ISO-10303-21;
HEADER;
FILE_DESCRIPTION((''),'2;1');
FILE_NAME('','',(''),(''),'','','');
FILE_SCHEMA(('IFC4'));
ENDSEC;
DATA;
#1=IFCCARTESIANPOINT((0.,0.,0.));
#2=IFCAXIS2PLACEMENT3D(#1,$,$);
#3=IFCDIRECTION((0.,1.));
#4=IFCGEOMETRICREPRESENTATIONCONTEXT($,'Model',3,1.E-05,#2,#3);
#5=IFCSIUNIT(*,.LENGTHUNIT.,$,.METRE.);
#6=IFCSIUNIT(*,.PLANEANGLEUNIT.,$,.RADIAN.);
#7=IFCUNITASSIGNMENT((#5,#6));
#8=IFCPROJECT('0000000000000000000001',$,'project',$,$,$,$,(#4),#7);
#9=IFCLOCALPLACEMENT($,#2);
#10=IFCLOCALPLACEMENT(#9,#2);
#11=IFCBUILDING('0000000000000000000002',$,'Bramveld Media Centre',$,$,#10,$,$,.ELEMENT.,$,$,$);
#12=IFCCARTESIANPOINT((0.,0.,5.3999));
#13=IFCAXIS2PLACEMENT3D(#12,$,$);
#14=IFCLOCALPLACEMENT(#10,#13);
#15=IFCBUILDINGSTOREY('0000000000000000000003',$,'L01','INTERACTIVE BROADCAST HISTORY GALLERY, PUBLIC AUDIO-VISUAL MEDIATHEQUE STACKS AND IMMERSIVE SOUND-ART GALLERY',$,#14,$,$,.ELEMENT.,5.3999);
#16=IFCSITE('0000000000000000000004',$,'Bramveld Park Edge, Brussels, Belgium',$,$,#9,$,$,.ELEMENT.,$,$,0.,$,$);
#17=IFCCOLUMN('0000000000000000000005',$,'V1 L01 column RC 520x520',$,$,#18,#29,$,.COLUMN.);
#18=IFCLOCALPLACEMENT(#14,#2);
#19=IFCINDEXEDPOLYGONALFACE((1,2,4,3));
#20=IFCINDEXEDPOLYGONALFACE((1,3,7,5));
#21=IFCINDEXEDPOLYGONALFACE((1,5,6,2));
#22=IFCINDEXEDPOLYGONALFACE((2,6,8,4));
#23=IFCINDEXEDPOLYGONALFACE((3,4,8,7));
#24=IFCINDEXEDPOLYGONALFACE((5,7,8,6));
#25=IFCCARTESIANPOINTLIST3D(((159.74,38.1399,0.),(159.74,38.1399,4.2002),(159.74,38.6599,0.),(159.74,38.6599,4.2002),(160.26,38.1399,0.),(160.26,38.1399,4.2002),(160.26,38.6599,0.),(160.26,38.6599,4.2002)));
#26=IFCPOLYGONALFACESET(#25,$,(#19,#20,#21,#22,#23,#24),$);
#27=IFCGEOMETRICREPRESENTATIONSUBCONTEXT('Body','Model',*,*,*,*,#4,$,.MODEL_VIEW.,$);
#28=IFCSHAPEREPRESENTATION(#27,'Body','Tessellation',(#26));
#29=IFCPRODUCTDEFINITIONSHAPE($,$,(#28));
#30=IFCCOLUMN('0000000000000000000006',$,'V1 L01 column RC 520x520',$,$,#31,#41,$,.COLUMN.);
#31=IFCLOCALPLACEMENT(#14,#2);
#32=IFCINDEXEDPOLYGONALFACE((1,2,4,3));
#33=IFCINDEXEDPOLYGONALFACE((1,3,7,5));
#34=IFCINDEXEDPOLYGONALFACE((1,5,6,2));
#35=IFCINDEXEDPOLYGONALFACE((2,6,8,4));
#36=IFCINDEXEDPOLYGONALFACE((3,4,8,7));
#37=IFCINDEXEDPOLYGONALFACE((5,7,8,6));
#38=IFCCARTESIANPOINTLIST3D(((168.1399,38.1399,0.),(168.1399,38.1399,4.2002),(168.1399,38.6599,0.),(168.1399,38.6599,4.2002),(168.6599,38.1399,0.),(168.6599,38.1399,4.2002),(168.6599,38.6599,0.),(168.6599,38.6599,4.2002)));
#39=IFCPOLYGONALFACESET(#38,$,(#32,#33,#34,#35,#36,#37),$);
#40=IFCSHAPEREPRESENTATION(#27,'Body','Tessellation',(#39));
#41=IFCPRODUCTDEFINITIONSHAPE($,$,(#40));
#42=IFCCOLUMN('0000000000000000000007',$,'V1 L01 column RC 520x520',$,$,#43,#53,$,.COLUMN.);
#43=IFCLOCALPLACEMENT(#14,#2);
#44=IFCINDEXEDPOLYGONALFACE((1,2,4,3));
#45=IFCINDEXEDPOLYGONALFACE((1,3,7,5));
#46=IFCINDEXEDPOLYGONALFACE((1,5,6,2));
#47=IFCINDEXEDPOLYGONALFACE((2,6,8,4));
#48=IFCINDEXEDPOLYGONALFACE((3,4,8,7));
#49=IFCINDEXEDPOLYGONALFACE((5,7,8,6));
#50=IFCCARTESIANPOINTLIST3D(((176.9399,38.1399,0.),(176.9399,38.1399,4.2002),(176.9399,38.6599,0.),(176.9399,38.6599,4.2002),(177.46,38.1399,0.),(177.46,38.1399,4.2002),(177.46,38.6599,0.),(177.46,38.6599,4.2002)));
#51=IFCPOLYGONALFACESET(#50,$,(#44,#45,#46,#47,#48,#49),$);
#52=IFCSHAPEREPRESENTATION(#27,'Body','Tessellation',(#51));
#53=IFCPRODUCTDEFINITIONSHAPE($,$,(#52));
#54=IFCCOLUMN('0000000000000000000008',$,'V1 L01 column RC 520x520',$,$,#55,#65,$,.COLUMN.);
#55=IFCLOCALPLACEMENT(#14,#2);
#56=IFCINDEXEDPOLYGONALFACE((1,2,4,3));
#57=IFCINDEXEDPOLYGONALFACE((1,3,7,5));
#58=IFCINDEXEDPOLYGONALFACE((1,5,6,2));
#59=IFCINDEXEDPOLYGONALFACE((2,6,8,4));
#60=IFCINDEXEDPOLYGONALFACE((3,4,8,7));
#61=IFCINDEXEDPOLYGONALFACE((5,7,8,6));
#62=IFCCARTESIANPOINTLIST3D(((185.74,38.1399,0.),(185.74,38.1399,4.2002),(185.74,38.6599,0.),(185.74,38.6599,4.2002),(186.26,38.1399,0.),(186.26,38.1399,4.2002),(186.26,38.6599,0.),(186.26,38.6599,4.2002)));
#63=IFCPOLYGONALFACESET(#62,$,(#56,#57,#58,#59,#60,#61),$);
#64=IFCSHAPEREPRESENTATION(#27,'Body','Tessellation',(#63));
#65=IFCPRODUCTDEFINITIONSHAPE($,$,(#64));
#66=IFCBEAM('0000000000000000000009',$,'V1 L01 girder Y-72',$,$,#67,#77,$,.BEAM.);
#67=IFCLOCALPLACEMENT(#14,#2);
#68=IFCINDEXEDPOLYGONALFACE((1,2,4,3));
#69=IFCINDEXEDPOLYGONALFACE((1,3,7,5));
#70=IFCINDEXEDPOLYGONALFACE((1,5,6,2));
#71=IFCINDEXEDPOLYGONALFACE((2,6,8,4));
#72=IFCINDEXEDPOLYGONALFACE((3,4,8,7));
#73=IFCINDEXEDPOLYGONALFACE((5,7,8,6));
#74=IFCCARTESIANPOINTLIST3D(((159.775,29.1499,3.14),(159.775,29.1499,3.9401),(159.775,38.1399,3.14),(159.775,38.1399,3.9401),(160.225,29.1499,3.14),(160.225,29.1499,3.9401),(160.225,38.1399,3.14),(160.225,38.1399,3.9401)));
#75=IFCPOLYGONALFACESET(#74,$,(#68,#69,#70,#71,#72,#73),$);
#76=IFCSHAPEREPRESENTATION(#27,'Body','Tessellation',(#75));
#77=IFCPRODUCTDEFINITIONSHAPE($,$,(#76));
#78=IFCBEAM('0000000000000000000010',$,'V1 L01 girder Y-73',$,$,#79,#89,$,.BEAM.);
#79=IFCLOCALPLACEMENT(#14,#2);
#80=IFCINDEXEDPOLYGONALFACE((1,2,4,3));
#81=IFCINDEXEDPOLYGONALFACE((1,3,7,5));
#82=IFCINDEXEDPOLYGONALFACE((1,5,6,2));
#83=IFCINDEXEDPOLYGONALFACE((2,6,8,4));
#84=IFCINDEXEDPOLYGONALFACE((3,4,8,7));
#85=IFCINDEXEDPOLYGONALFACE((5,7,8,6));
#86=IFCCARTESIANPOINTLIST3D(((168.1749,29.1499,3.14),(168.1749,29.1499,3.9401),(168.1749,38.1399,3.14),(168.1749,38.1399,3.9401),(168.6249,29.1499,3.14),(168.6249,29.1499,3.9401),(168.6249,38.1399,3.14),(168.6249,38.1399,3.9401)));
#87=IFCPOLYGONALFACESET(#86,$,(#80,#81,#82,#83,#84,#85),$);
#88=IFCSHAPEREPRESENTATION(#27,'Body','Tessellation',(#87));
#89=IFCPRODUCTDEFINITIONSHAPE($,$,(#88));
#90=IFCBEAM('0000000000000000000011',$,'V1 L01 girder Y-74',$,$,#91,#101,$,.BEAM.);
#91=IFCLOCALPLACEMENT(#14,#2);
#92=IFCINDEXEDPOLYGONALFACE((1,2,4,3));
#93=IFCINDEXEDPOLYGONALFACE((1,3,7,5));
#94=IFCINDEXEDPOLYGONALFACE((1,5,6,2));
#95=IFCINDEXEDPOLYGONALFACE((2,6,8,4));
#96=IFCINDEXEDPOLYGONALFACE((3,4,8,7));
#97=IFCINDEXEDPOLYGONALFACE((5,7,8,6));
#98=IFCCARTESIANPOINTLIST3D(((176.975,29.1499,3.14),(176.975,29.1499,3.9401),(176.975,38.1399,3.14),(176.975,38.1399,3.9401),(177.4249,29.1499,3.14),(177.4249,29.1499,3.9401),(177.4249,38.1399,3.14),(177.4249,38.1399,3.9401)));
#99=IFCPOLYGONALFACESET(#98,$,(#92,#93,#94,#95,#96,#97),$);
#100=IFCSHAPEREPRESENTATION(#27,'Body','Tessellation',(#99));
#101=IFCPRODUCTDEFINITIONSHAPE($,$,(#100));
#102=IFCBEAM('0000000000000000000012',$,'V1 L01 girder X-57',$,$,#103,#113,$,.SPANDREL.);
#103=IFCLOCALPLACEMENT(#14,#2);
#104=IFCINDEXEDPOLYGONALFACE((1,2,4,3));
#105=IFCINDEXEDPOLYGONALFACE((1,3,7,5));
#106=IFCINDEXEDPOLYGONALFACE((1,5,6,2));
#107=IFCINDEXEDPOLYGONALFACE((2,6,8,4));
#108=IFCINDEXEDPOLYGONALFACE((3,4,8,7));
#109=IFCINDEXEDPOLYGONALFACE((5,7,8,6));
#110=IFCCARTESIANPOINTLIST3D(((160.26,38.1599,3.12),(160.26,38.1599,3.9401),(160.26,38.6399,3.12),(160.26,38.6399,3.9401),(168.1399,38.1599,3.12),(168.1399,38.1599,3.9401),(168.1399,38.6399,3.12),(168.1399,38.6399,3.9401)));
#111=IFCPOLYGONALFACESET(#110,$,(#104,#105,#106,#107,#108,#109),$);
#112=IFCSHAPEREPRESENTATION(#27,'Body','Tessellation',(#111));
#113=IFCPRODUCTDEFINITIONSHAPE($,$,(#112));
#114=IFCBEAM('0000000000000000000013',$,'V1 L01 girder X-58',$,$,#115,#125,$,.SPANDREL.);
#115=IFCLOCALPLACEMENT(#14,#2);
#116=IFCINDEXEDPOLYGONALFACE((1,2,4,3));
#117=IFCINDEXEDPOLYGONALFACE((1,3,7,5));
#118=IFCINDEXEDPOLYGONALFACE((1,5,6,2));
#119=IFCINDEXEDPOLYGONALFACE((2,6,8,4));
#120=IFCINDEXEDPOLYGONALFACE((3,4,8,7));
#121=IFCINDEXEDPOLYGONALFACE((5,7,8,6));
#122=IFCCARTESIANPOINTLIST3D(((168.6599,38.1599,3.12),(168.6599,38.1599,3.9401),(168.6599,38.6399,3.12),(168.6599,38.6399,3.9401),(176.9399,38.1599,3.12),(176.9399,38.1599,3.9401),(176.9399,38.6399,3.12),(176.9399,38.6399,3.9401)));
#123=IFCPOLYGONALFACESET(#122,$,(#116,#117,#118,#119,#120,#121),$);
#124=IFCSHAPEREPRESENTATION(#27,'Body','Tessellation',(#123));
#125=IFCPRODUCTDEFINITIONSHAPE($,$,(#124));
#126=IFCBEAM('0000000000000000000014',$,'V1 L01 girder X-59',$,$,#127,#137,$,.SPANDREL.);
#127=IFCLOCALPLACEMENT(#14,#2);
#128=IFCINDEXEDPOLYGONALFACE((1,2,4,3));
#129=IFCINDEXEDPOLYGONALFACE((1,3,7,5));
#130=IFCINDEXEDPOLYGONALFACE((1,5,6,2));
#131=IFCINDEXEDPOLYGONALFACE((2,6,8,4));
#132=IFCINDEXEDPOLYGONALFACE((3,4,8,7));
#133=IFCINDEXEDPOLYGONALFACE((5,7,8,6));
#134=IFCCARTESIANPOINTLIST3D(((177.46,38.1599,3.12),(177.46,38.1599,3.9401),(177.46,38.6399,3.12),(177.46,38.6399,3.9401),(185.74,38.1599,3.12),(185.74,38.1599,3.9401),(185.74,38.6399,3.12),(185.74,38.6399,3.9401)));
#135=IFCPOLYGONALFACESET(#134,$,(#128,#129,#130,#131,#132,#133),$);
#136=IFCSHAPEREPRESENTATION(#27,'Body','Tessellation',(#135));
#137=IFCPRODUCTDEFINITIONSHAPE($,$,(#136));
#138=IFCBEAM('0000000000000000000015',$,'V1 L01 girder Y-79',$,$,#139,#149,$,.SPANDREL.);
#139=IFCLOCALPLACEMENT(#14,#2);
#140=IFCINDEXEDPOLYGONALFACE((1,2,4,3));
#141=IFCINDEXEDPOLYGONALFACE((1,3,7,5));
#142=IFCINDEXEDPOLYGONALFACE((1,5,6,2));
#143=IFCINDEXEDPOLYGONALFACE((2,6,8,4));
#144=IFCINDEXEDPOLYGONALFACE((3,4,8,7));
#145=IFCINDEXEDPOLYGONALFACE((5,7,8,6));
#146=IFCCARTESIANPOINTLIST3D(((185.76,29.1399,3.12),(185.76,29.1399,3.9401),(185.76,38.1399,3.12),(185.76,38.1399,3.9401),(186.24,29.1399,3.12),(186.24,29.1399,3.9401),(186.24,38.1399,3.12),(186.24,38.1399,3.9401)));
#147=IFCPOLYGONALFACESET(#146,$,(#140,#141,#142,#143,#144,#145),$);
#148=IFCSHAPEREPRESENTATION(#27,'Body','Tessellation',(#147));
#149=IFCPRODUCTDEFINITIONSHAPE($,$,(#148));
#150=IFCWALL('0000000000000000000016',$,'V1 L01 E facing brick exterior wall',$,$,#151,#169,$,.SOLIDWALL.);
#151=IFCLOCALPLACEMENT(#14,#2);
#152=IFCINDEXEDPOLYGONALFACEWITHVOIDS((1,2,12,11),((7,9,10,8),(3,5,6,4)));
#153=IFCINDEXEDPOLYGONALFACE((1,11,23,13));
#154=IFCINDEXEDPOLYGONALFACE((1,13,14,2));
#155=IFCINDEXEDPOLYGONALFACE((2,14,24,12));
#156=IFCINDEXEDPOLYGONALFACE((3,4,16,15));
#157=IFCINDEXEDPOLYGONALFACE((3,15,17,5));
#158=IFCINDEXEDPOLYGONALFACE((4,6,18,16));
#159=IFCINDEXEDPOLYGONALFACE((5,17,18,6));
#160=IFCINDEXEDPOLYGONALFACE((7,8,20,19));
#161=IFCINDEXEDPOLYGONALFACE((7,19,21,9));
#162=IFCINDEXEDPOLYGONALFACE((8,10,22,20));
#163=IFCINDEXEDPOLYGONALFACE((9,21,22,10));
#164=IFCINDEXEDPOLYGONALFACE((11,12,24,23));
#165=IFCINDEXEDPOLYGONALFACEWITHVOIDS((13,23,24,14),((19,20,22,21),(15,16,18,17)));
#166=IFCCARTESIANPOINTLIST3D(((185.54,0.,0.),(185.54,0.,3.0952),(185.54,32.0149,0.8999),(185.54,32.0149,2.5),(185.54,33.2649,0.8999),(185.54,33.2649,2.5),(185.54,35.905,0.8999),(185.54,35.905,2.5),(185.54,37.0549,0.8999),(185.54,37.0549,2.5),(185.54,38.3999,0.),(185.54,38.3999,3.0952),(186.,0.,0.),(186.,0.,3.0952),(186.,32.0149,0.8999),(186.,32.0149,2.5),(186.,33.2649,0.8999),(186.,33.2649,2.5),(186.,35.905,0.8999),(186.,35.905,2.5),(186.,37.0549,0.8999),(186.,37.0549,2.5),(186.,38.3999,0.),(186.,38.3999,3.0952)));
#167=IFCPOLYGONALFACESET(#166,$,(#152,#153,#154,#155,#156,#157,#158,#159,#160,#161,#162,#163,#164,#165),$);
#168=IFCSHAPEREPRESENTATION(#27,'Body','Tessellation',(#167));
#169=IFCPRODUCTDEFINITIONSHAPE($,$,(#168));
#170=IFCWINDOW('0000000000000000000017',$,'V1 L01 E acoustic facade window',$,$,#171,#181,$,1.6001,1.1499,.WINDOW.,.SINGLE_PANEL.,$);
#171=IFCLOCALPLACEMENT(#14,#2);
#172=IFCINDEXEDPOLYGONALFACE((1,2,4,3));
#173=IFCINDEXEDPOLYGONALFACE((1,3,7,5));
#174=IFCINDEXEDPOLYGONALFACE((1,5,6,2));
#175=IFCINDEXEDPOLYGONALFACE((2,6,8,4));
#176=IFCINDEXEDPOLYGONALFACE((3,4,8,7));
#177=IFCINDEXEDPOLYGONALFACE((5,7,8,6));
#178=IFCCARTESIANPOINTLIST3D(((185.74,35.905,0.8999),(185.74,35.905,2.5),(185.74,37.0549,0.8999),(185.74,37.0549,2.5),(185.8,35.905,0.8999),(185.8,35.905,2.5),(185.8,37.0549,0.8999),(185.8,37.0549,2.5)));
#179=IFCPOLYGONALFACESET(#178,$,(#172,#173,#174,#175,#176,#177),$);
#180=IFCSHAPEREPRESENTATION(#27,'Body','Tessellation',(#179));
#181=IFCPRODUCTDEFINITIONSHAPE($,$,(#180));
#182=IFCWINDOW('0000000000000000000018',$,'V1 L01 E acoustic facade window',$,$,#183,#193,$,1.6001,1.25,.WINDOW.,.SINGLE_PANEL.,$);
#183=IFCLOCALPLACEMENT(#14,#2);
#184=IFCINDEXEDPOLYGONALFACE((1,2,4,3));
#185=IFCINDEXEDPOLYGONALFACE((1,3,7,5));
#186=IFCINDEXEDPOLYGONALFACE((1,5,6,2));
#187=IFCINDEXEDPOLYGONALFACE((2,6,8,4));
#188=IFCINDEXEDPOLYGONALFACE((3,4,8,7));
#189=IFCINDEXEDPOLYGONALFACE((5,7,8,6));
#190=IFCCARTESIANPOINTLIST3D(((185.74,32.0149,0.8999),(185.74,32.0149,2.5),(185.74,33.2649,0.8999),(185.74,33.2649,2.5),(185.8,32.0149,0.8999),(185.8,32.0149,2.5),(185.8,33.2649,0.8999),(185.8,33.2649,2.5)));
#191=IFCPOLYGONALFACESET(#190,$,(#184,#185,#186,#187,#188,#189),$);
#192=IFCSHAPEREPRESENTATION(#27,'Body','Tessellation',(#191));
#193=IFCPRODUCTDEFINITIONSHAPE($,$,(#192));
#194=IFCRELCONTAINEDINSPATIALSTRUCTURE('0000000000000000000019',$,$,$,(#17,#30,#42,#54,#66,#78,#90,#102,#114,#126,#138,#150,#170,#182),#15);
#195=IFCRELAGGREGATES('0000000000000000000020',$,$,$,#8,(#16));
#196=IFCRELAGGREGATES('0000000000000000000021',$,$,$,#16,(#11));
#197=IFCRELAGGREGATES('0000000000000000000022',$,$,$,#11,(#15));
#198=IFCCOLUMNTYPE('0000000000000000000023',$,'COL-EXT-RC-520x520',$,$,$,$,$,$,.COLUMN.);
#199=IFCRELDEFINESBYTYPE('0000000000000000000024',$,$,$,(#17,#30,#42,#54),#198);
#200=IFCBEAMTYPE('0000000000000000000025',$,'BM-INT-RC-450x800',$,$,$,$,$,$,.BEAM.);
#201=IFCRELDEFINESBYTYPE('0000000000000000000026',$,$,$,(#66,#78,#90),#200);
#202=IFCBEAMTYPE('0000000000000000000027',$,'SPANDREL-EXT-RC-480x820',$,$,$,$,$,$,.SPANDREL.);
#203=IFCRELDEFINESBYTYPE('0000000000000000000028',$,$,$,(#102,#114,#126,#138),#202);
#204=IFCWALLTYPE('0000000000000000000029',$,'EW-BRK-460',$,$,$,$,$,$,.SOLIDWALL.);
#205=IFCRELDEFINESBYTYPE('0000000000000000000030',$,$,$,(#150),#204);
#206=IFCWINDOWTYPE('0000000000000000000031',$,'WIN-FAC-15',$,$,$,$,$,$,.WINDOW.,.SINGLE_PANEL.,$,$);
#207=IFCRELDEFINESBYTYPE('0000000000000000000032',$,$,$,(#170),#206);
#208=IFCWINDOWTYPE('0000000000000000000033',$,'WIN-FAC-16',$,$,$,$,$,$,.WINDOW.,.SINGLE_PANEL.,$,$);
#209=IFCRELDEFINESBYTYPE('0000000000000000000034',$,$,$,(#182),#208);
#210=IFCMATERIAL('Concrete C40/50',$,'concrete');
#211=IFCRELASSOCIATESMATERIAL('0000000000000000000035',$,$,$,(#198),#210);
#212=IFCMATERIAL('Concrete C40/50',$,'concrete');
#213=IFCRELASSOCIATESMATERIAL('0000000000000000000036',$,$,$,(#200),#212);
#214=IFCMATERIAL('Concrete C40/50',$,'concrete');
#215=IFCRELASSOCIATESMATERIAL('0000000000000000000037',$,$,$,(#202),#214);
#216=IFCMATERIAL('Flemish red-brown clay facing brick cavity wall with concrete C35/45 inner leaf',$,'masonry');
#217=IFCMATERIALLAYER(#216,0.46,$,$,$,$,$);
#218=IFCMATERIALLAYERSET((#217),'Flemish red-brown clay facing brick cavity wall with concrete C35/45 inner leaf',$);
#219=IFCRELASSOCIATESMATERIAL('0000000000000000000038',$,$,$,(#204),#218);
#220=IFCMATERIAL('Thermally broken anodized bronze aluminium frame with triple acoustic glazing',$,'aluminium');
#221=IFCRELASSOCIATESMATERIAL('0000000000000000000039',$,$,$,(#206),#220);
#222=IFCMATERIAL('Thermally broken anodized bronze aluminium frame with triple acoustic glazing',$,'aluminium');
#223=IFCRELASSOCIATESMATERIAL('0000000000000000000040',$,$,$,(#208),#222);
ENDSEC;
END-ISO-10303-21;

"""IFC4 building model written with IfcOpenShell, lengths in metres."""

from ifc_helpers import new_model, si_unit, direction, frame, frame_2d, origin, origin_2d, place, context, subcontext, project, spatial, rectangle, extrude, material, layer, layer_set, material_profile, profile_set, type_object, element, fill, save


model = new_model("IFC4")

# Units and contexts
model_context = context("Model", 3, precision=1e-05, world=origin(), true_north=direction((0.0, 1.0)))
body_context = subcontext(model_context, "Body", "Model", "MODEL_VIEW")
ifc_project = project(units=[si_unit("LENGTHUNIT", "METRE"), si_unit("PLANEANGLEUNIT", "RADIAN")], contexts=[model_context])

# Site, building, storey
site_placement = place(None, origin())
site = spatial("IfcSite", under=ifc_project, at=site_placement, Name="Bramveld Park Edge, Brussels, Belgium", CompositionType="ELEMENT", RefElevation=0.0)
building_placement = place(site_placement, origin())
building = spatial("IfcBuilding", under=site, at=building_placement, Name="Bramveld Media Centre", CompositionType="ELEMENT")
storey_placement = place(building_placement, frame((0.0, 0.0, 5.3999)))
storey = spatial("IfcBuildingStorey", under=building, at=storey_placement, Name="L01", Description="INTERACTIVE BROADCAST HISTORY GALLERY, PUBLIC AUDIO-VISUAL MEDIATHEQUE STACKS AND IMMERSIVE SOUND-ART GALLERY", CompositionType="ELEMENT", Elevation=5.3999)

# Columns
ifc_material_1 = material(Name="Concrete C40/50", Category="concrete")
ifc_material_profile_1 = material_profile(ifc_material_1, rectangle(XDim=0.52, YDim=0.52, at=origin_2d()), Name="RC 520x520")
ifc_profile_set_1 = profile_set([ifc_material_profile_1], Name="Concrete C40/50")
column_type = type_object("IfcColumnType", Name="COL-EXT-RC-520x520", PredefinedType="COLUMN", material=ifc_profile_set_1)
for number, where, z_axis, x_axis, name in (
    (1, (160.0, 38.3999, 0.0), (0.0, 0.0, 1.0), (1.0, 0.0, 0.0), "V1 L01 column RC 520x520"),
    (2, (168.3999, 38.3999, 0.0), (0.0, 0.0, 1.0), (1.0, 0.0, 0.0), "V1 L01 column RC 520x520"),
    (3, (177.2, 38.3999, 0.0), (0.0, 0.0, 1.0), (1.0, 0.0, 0.0), "V1 L01 column RC 520x520"),
    (4, (186.0, 38.3999, 0.0), (0.0, 0.0, 1.0), (1.0, 0.0, 0.0), "V1 L01 column RC 520x520"),
):
    element("IfcColumn", number, at=place(storey_placement, frame(where, z_axis=z_axis, x_axis=x_axis)), inside=storey, type_object=column_type, Name=name, PredefinedType="COLUMN", context=body_context, shape_type="SweptSolid", body=[
        extrude(rectangle(XDim=0.52, YDim=0.52, at=origin_2d()), origin(), (0.0, 0.0, 1.0), 4.2002),
    ])

# Beams
ifc_material_2 = material(Name="Concrete C40/50", Category="concrete")
ifc_material_profile_2 = material_profile(ifc_material_2, rectangle(XDim=0.45, YDim=0.8, at=origin_2d()), Name="RC 450x800")
ifc_profile_set_2 = profile_set([ifc_material_profile_2], Name="Concrete C40/50")
beam_type_1 = type_object("IfcBeamType", Name="BM-INT-RC-450x800", PredefinedType="BEAM", material=ifc_profile_set_2)
for number, where, z_axis, x_axis, name in (
    (5, (160.0, 29.1499, 3.54), (0.0, 1.0, 0.0), (-1.0, 0.0, 0.0), "V1 L01 girder Y-72"),
    (6, (168.3999, 29.1499, 3.54), (0.0, 1.0, 0.0), (-1.0, 0.0, 0.0), "V1 L01 girder Y-73"),
    (7, (177.2, 29.1499, 3.54), (0.0, 1.0, 0.0), (-1.0, 0.0, 0.0), "V1 L01 girder Y-74"),
):
    element("IfcBeam", number, at=place(storey_placement, frame(where, z_axis=z_axis, x_axis=x_axis)), inside=storey, type_object=beam_type_1, Name=name, PredefinedType="BEAM", context=body_context, shape_type="SweptSolid", body=[
        extrude(rectangle(XDim=0.45, YDim=0.8, at=origin_2d()), origin(), (0.0, 0.0, 1.0), 8.99),
    ])
ifc_material_3 = material(Name="Concrete C40/50", Category="concrete")
ifc_material_profile_3 = material_profile(ifc_material_3, rectangle(XDim=0.48, YDim=0.8201, at=origin_2d()), Name="RC 480x820")
ifc_profile_set_3 = profile_set([ifc_material_profile_3], Name="Concrete C40/50")
beam_type_2 = type_object("IfcBeamType", Name="SPANDREL-EXT-RC-480x820", PredefinedType="SPANDREL", material=ifc_profile_set_3)
beam_1_placement = place(storey_placement, frame((160.26, 38.3999, 3.53), z_axis=(1.0, 0.0, 0.0), x_axis=(0.0, 1.0, 0.0)))
element("IfcBeam", 8, at=beam_1_placement, inside=storey, type_object=beam_type_2, Name="V1 L01 girder X-57", PredefinedType="SPANDREL", context=body_context, shape_type="SweptSolid", body=[
    extrude(rectangle(XDim=0.48, YDim=0.8201, at=origin_2d()), origin(), (0.0, 0.0, 1.0), 7.8799),
])
for number, where, z_axis, x_axis, name in (
    (9, (168.6599, 38.3999, 3.53), (1.0, 0.0, 0.0), (0.0, 1.0, 0.0), "V1 L01 girder X-58"),
    (10, (177.46, 38.3999, 3.53), (1.0, 0.0, 0.0), (0.0, 1.0, 0.0), "V1 L01 girder X-59"),
):
    element("IfcBeam", number, at=place(storey_placement, frame(where, z_axis=z_axis, x_axis=x_axis)), inside=storey, type_object=beam_type_2, Name=name, PredefinedType="SPANDREL", context=body_context, shape_type="SweptSolid", body=[
        extrude(rectangle(XDim=0.48, YDim=0.8201, at=origin_2d()), origin(), (0.0, 0.0, 1.0), 8.28),
    ])
beam_2_placement = place(storey_placement, frame((186.0, 29.1399, 3.53), z_axis=(0.0, 1.0, 0.0), x_axis=(-1.0, 0.0, 0.0)))
element("IfcBeam", 11, at=beam_2_placement, inside=storey, type_object=beam_type_2, Name="V1 L01 girder Y-79", PredefinedType="SPANDREL", context=body_context, shape_type="SweptSolid", body=[
    extrude(rectangle(XDim=0.48, YDim=0.8201, at=origin_2d()), origin(), (0.0, 0.0, 1.0), 9.0),
])

# Wall, openings, windows
ifc_material_4 = material(Name="Flemish red-brown clay facing brick cavity wall with concrete C35/45 inner leaf", Category="masonry")
ifc_layer_1 = layer(ifc_material_4, 0.46)
ifc_layer_set_1 = layer_set([ifc_layer_1], Name="Flemish red-brown clay facing brick cavity wall with concrete C35/45 inner leaf")
wall_type_1 = type_object("IfcWallType", Name="EW-BRK-460", PredefinedType="SOLIDWALL", material=ifc_layer_set_1)
wall_1_placement = place(storey_placement, frame((185.77, 38.3999, 0.0), z_axis=(0.0, 0.0, 1.0), x_axis=(0.0, -1.0, 0.0)))
wall_1 = element("IfcWall", 12, at=wall_1_placement, inside=storey, type_object=wall_type_1, Name="V1 L01 E facing brick exterior wall", PredefinedType="SOLIDWALL", context=body_context, shape_type="SweptSolid", body=[
    extrude(rectangle(XDim=38.3999, YDim=0.46, at=frame_2d((19.2, 0.0))), origin(), (0.0, 0.0, 1.0), 3.0952),
])
opening_1_placement = place(wall_1_placement, frame((1.345, 0.0, 0.8999)))
opening_1 = element("IfcOpeningElement", 13, at=opening_1_placement, cuts=wall_1, PredefinedType="OPENING", context=body_context, shape_type="SweptSolid", body=[
    extrude(rectangle(XDim=1.1499, YDim=1.6001, at=frame_2d((0.575, 0.8))), frame((0.0, 0.2419, 0.0), z_axis=(0.0, -1.0, 0.0), x_axis=(1.0, 0.0, 0.0)), (0.0, 0.0, 1.0), 0.4839),
])
opening_2_placement = place(wall_1_placement, frame((5.135, 0.0, 0.8999)))
opening_2 = element("IfcOpeningElement", 14, at=opening_2_placement, cuts=wall_1, PredefinedType="OPENING", context=body_context, shape_type="SweptSolid", body=[
    extrude(rectangle(XDim=1.25, YDim=1.6001, at=frame_2d((0.625, 0.8))), frame((0.0, 0.2419, 0.0), z_axis=(0.0, -1.0, 0.0), x_axis=(1.0, 0.0, 0.0)), (0.0, 0.0, 1.0), 0.4839),
])
ifc_material_5 = material(Name="Thermally broken anodized bronze aluminium frame with triple acoustic glazing", Category="aluminium")
window_type_1 = type_object("IfcWindowType", Name="WIN-FAC-15", PartitioningType="SINGLE_PANEL", PredefinedType="WINDOW", material=ifc_material_5)
window_1_placement = place(opening_1_placement, origin())
window_1 = element("IfcWindow", 15, at=window_1_placement, inside=storey, type_object=window_type_1, Name="V1 L01 E acoustic facade window", OverallHeight=1.6001, OverallWidth=1.1499, PartitioningType="SINGLE_PANEL", PredefinedType="WINDOW", context=body_context, shape_type="SweptSolid", body=[
    extrude(rectangle(XDim=1.1499, YDim=1.6001, at=frame_2d((0.575, 0.8))), frame((0.0, 0.03, 0.0), z_axis=(0.0, -1.0, 0.0), x_axis=(1.0, 0.0, 0.0)), (0.0, 0.0, 1.0), 0.0601),
])
fill(opening_1, window_1)
ifc_material_6 = material(Name="Thermally broken anodized bronze aluminium frame with triple acoustic glazing", Category="aluminium")
window_type_2 = type_object("IfcWindowType", Name="WIN-FAC-16", PartitioningType="SINGLE_PANEL", PredefinedType="WINDOW", material=ifc_material_6)
window_2_placement = place(opening_2_placement, origin())
window_2 = element("IfcWindow", 16, at=window_2_placement, inside=storey, type_object=window_type_2, Name="V1 L01 E acoustic facade window", OverallHeight=1.6001, OverallWidth=1.25, PartitioningType="SINGLE_PANEL", PredefinedType="WINDOW", context=body_context, shape_type="SweptSolid", body=[
    extrude(rectangle(XDim=1.25, YDim=1.6001, at=frame_2d((0.625, 0.8))), frame((0.0, 0.03, 0.0), z_axis=(0.0, -1.0, 0.0), x_axis=(1.0, 0.0, 0.0)), (0.0, 0.0, 1.0), 0.0601),
])
fill(opening_2, window_2)

save(model, "model.ifc")
